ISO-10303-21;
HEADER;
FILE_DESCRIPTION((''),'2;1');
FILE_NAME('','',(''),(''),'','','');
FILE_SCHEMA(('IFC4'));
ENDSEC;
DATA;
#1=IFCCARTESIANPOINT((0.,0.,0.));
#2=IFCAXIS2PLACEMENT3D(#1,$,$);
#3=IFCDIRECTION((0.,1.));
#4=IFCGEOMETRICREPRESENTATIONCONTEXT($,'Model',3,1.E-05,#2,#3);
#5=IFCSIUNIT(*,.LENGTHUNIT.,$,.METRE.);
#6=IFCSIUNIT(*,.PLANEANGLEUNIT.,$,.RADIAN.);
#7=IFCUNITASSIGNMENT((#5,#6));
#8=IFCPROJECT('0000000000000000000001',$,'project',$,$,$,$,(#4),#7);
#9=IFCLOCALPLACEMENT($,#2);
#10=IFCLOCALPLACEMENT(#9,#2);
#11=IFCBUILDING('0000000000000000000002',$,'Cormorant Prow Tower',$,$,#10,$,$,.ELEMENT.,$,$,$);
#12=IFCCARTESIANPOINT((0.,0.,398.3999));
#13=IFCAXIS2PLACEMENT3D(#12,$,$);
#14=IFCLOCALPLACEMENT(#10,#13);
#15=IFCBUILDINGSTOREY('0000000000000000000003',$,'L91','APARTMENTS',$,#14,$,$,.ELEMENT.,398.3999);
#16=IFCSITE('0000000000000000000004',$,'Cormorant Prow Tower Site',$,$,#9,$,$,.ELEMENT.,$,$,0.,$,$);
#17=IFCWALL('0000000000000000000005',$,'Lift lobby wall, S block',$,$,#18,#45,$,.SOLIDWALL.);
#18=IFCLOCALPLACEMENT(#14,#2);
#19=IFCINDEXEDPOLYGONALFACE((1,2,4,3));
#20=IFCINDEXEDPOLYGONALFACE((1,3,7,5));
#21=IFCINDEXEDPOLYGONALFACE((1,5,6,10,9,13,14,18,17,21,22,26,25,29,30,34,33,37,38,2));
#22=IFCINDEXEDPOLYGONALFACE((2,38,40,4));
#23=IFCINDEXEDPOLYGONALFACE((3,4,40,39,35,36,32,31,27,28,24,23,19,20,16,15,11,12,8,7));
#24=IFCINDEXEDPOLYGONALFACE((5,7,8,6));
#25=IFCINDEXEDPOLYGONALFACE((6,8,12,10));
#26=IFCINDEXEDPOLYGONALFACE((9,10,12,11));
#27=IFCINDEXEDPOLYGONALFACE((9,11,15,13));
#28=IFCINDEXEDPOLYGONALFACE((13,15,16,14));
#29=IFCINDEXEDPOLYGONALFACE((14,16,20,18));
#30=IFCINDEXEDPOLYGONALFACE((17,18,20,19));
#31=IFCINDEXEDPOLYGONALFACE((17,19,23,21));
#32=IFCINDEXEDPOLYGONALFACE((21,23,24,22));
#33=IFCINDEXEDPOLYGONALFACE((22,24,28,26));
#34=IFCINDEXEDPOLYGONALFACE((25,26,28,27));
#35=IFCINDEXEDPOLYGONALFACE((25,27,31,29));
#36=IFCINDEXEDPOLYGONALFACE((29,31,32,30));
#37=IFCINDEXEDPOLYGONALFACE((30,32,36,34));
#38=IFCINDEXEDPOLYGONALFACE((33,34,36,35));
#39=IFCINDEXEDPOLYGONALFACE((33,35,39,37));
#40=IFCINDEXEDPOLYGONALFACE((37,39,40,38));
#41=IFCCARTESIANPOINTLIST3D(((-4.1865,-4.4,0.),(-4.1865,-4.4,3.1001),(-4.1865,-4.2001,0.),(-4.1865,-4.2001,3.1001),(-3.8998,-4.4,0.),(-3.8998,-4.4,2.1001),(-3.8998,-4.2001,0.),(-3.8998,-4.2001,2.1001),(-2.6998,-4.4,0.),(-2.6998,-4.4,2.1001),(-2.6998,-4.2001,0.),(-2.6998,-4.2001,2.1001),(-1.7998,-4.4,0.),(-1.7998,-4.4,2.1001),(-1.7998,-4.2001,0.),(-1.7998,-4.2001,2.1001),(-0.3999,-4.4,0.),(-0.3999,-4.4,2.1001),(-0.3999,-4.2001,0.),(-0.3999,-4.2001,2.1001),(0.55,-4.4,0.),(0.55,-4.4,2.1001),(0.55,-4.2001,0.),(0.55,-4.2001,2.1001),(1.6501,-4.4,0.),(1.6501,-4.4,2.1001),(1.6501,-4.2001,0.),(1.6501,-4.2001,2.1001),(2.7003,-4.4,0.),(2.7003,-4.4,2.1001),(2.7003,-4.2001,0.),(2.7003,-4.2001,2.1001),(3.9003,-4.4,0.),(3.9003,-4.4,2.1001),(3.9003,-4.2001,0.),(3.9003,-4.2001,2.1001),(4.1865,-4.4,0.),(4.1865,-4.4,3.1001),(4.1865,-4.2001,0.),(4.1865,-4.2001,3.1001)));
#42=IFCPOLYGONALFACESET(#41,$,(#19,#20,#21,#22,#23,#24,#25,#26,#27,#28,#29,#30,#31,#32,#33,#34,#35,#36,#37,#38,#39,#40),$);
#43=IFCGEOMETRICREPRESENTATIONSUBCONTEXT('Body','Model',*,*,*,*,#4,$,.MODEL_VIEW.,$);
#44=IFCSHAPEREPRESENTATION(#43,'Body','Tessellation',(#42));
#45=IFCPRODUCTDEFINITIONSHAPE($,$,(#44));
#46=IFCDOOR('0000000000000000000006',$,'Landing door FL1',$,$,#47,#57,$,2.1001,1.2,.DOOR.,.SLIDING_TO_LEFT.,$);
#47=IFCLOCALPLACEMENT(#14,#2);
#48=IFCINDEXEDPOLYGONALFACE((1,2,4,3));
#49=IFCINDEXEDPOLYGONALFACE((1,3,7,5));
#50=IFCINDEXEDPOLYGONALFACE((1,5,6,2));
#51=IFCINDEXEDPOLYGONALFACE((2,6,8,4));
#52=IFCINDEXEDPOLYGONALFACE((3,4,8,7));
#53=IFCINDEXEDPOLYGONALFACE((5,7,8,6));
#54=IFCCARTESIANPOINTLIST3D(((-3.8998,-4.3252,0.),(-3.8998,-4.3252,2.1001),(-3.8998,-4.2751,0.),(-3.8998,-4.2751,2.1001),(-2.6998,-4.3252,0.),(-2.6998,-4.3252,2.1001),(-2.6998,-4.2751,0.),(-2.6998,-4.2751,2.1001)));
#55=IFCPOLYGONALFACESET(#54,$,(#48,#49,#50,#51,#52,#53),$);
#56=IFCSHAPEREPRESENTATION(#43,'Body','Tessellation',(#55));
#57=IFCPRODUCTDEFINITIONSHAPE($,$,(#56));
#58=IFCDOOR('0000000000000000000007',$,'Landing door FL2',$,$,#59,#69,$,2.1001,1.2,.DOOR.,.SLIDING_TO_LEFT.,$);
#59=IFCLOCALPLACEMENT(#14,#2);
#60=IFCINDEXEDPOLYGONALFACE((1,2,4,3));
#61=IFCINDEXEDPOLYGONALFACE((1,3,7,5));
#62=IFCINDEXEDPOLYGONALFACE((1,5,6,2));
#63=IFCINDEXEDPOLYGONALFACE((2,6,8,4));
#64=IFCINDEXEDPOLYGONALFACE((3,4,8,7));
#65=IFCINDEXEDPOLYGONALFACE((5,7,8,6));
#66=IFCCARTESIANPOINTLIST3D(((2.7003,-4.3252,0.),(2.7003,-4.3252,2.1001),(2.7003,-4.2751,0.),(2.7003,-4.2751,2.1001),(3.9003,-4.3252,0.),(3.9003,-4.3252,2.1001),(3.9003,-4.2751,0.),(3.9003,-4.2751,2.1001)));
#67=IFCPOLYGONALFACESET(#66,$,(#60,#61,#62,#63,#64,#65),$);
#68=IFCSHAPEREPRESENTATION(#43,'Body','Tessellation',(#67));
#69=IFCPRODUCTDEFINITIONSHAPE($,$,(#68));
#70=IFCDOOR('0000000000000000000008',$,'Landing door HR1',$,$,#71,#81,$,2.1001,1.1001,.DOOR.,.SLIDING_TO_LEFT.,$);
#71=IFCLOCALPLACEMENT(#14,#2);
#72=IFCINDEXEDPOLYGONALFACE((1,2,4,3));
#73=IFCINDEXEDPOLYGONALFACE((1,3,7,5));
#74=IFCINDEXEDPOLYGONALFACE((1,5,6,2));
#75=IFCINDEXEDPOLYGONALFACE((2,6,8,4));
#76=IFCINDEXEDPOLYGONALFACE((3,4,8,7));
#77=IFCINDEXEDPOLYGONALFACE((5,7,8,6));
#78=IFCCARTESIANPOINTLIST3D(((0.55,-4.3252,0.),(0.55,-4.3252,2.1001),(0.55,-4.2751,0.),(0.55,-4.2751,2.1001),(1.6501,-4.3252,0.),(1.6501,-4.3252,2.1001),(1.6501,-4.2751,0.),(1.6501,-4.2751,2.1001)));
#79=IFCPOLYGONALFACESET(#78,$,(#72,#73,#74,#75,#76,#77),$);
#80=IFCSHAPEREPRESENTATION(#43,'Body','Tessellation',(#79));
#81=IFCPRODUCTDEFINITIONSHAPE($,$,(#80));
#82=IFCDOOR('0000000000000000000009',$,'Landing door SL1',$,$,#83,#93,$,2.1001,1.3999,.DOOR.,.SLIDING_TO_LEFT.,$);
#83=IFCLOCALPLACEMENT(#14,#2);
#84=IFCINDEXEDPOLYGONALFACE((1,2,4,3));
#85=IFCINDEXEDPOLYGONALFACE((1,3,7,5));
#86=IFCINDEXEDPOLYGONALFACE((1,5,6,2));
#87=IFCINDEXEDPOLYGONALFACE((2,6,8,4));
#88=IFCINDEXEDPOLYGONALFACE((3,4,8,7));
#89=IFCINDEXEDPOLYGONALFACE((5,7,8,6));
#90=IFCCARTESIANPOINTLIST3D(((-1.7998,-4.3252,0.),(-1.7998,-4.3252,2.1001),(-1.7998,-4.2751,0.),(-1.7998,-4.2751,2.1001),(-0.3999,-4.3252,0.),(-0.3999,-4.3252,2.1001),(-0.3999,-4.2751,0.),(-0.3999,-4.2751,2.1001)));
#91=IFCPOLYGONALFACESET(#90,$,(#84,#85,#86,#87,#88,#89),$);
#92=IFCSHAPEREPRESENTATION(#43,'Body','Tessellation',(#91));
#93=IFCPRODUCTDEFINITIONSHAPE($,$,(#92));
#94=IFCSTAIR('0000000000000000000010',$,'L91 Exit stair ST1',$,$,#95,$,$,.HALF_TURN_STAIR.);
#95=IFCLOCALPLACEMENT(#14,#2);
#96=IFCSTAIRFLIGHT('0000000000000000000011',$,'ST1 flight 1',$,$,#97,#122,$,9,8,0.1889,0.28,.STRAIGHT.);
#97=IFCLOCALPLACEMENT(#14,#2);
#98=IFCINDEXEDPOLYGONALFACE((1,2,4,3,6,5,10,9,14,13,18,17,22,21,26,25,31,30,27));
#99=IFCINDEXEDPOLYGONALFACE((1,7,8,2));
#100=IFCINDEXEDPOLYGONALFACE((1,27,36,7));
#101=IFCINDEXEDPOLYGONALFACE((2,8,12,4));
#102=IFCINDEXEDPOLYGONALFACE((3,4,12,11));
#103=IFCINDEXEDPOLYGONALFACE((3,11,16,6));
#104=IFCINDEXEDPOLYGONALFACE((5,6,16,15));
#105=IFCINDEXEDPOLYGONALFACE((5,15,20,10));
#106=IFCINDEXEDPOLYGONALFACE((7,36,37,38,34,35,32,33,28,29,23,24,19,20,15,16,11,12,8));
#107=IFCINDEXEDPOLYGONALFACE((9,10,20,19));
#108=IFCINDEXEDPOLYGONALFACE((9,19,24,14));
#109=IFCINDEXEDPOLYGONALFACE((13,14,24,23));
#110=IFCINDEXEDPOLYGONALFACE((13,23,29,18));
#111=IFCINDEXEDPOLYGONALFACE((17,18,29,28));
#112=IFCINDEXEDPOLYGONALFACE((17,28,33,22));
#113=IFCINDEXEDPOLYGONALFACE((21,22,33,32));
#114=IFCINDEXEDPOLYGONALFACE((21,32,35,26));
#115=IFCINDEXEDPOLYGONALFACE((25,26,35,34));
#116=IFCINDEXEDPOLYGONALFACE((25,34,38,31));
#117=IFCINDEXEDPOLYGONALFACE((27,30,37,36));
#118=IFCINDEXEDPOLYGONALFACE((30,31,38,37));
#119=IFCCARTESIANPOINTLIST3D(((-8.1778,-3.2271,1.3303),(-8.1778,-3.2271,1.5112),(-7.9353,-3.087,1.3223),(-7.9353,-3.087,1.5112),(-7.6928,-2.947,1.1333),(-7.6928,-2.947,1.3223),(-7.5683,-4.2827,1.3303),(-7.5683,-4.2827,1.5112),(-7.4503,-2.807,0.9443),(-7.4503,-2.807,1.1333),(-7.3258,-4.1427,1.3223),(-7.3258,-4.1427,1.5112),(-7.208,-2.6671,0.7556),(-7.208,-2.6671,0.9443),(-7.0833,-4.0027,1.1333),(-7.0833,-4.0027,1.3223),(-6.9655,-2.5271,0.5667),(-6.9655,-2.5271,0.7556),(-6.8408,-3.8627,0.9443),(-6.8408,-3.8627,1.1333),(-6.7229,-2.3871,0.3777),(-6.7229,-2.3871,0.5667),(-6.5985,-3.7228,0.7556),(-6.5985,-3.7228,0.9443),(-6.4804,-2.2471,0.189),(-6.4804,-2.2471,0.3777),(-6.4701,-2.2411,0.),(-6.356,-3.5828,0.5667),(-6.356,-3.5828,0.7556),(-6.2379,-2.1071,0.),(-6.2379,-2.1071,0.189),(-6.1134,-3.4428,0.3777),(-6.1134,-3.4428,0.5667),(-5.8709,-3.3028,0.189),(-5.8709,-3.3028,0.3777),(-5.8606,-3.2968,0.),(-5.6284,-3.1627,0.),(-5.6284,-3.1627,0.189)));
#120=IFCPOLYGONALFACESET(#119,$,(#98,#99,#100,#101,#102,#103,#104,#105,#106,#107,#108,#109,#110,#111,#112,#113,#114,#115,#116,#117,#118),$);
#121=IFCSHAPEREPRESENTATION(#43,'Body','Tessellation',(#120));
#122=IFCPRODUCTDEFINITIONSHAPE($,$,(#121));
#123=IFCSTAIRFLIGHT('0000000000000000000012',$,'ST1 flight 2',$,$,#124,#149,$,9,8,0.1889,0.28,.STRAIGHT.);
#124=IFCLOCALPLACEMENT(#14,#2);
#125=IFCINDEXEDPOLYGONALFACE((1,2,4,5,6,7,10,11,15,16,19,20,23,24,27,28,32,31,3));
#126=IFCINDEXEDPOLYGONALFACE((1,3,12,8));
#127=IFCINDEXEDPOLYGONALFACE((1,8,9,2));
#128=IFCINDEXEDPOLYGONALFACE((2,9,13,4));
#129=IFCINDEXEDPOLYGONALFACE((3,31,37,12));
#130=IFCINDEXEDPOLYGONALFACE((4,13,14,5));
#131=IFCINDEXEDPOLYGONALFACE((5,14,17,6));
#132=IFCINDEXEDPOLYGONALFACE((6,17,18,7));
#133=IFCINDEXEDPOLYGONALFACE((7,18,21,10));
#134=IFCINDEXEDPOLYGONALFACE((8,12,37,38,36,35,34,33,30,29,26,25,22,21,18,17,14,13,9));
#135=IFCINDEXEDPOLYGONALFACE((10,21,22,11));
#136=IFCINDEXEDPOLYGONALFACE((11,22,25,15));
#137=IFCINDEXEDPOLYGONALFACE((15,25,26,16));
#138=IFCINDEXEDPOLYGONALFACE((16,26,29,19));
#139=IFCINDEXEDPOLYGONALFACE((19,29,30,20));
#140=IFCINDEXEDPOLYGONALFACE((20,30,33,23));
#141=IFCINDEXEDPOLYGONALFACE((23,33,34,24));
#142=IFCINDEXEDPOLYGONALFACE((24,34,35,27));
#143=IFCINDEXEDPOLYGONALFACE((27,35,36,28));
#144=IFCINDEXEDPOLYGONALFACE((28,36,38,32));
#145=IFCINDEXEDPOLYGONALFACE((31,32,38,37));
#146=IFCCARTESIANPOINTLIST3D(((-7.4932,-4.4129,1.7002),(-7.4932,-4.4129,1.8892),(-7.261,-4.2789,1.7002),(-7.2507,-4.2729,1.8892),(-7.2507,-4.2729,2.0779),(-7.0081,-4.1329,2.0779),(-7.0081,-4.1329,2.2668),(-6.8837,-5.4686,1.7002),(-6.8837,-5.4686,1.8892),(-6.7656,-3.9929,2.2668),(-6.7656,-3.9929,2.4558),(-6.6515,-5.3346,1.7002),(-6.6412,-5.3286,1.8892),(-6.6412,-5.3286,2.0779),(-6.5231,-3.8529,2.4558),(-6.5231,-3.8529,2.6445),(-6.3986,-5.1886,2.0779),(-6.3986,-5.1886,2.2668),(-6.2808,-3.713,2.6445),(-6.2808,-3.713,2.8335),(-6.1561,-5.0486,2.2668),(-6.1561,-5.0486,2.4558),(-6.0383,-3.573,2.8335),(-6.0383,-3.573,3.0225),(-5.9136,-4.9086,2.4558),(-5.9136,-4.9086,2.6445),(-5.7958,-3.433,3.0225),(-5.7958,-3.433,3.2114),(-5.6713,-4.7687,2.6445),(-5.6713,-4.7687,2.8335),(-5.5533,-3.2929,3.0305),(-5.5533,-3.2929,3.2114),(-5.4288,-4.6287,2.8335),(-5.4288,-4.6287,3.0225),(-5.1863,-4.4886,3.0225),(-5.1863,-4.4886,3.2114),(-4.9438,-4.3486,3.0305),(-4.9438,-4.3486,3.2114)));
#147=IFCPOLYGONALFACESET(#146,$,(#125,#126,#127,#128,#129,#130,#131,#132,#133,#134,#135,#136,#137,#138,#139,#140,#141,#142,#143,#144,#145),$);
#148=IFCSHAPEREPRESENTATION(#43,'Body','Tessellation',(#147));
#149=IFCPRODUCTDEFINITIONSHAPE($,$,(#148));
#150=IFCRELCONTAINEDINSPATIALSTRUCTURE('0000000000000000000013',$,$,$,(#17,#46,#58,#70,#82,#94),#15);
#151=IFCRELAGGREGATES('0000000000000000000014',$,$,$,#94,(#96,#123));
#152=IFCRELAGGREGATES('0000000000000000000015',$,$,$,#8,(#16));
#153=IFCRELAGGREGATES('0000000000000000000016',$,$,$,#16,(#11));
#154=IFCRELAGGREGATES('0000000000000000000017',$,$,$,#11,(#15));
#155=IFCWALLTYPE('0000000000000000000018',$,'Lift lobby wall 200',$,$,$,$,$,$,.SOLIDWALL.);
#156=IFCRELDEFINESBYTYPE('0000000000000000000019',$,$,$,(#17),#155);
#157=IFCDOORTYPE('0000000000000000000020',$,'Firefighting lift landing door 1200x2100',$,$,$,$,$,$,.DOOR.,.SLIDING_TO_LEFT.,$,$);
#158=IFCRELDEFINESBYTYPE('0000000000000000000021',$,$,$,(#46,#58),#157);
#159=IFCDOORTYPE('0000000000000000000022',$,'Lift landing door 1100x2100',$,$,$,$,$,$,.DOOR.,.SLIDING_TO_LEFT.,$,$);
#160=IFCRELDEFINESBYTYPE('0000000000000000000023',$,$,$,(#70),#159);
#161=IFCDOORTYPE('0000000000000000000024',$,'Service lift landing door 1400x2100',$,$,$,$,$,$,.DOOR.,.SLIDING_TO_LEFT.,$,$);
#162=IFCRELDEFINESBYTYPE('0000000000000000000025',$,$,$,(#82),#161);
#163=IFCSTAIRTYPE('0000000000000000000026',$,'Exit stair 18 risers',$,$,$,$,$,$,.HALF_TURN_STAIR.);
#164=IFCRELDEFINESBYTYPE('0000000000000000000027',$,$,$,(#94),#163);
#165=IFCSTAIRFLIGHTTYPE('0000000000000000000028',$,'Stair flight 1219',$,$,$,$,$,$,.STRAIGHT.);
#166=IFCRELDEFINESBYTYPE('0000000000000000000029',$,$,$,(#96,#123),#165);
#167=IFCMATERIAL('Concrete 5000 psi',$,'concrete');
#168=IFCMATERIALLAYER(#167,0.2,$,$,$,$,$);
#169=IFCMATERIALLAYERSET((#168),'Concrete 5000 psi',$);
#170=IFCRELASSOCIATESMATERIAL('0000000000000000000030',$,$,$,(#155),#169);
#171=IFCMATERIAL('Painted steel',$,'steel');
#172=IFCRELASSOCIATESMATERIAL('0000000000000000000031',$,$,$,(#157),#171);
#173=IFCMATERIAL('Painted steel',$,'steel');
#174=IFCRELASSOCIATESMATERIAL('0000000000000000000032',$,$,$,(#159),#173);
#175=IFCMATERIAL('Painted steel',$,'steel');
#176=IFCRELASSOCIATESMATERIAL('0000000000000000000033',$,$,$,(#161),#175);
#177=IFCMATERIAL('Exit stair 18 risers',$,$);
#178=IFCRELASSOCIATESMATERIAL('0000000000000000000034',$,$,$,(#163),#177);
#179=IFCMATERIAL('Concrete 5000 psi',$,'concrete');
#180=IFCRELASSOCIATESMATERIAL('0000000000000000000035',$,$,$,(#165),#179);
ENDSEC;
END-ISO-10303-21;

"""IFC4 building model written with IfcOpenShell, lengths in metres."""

from ifc_helpers import new_model, si_unit, direction, frame, frame_2d, origin, place, context, subcontext, project, spatial, polyline, rectangle, outline, extrude, material, layer, layer_set, type_object, element, fill, aggregate, save


model = new_model("IFC4")

# Units and contexts
model_context = context("Model", 3, precision=1e-05, world=origin(), true_north=direction((0.0, 1.0)))
body_context = subcontext(model_context, "Body", "Model", "MODEL_VIEW")
ifc_project = project(units=[si_unit("LENGTHUNIT", "METRE"), si_unit("PLANEANGLEUNIT", "RADIAN")], contexts=[model_context])

# Site, building, storey
site_placement = place(None, origin())
site = spatial("IfcSite", under=ifc_project, at=site_placement, Name="Cormorant Prow Tower Site", CompositionType="ELEMENT", RefElevation=0.0)
building_placement = place(site_placement, origin())
building = spatial("IfcBuilding", under=site, at=building_placement, Name="Cormorant Prow Tower", CompositionType="ELEMENT")
storey_placement = place(building_placement, frame((0.0, 0.0, 398.3999)))
storey = spatial("IfcBuildingStorey", under=building, at=storey_placement, Name="L91", Description="APARTMENTS", CompositionType="ELEMENT", Elevation=398.3999)

# Wall, openings, doors
ifc_material_1 = material(Name="Concrete 5000 psi", Category="concrete")
ifc_layer_1 = layer(ifc_material_1, 0.2)
ifc_layer_set_1 = layer_set([ifc_layer_1], Name="Concrete 5000 psi")
wall_type_1 = type_object("IfcWallType", Name="Lift lobby wall 200", PredefinedType="SOLIDWALL", material=ifc_layer_set_1)
wall_1_placement = place(storey_placement, frame((-4.1865, -4.3, 0.0), z_axis=(0.0, 0.0, 1.0), x_axis=(1.0, 0.0, 0.0)))
wall_1 = element("IfcWall", 1, at=wall_1_placement, inside=storey, type_object=wall_type_1, Name="Lift lobby wall, S block", PredefinedType="SOLIDWALL", context=body_context, shape_type="SweptSolid", body=[
    extrude(rectangle(XDim=8.373, YDim=0.2, at=frame_2d((4.1865, 0.0))), origin(), (0.0, 0.0, 1.0), 3.1001),
])
opening_1_placement = place(wall_1_placement, frame((0.2866, 0.0, 0.0)))
opening_1 = element("IfcOpeningElement", 2, at=opening_1_placement, cuts=wall_1, PredefinedType="OPENING", context=body_context, shape_type="SweptSolid", body=[
    extrude(rectangle(XDim=1.2, YDim=2.1001, at=frame_2d((0.6001, 1.05))), frame((0.0, 0.1099, 0.0), z_axis=(0.0, -1.0, 0.0), x_axis=(1.0, 0.0, 0.0)), (0.0, 0.0, 1.0), 0.22),
])
opening_2_placement = place(wall_1_placement, frame((2.3867, 0.0, 0.0)))
opening_2 = element("IfcOpeningElement", 3, at=opening_2_placement, cuts=wall_1, PredefinedType="OPENING", context=body_context, shape_type="SweptSolid", body=[
    extrude(rectangle(XDim=1.3999, YDim=2.1001, at=frame_2d((0.7, 1.05))), frame((0.0, 0.1099, 0.0), z_axis=(0.0, -1.0, 0.0), x_axis=(1.0, 0.0, 0.0)), (0.0, 0.0, 1.0), 0.22),
])
opening_3_placement = place(wall_1_placement, frame((4.7366, 0.0, 0.0)))
opening_3 = element("IfcOpeningElement", 4, at=opening_3_placement, cuts=wall_1, PredefinedType="OPENING", context=body_context, shape_type="SweptSolid", body=[
    extrude(rectangle(XDim=1.1001, YDim=2.1001, at=frame_2d((0.55, 1.05))), frame((0.0, 0.1099, 0.0), z_axis=(0.0, -1.0, 0.0), x_axis=(1.0, 0.0, 0.0)), (0.0, 0.0, 1.0), 0.22),
])
opening_4_placement = place(wall_1_placement, frame((6.8867, 0.0, 0.0)))
opening_4 = element("IfcOpeningElement", 5, at=opening_4_placement, cuts=wall_1, PredefinedType="OPENING", context=body_context, shape_type="SweptSolid", body=[
    extrude(rectangle(XDim=1.2, YDim=2.1001, at=frame_2d((0.6001, 1.05))), frame((0.0, 0.1099, 0.0), z_axis=(0.0, -1.0, 0.0), x_axis=(1.0, 0.0, 0.0)), (0.0, 0.0, 1.0), 0.22),
])
ifc_material_2 = material(Name="Painted steel", Category="steel")
door_type_1 = type_object("IfcDoorType", Name="Firefighting lift landing door 1200x2100", OperationType="SLIDING_TO_LEFT", PredefinedType="DOOR", material=ifc_material_2)
door_1_placement = place(opening_1_placement, origin())
door_1 = element("IfcDoor", 6, at=door_1_placement, inside=storey, type_object=door_type_1, Name="Landing door FL1", OperationType="SLIDING_TO_LEFT", OverallHeight=2.1001, OverallWidth=1.2, PredefinedType="DOOR", context=body_context, shape_type="SweptSolid", body=[
    extrude(rectangle(XDim=1.2, YDim=2.1001, at=frame_2d((0.6001, 1.05))), frame((0.0, 0.0249, 0.0), z_axis=(0.0, -1.0, 0.0), x_axis=(1.0, 0.0, 0.0)), (0.0, 0.0, 1.0), 0.05),
])
fill(opening_1, door_1)
door_2_placement = place(opening_4_placement, origin())
door_2 = element("IfcDoor", 7, at=door_2_placement, inside=storey, type_object=door_type_1, Name="Landing door FL2", OperationType="SLIDING_TO_LEFT", OverallHeight=2.1001, OverallWidth=1.2, PredefinedType="DOOR", context=body_context, shape_type="SweptSolid", body=[
    extrude(rectangle(XDim=1.2, YDim=2.1001, at=frame_2d((0.6001, 1.05))), frame((0.0, 0.0249, 0.0), z_axis=(0.0, -1.0, 0.0), x_axis=(1.0, 0.0, 0.0)), (0.0, 0.0, 1.0), 0.05),
])
fill(opening_4, door_2)
ifc_material_3 = material(Name="Painted steel", Category="steel")
door_type_2 = type_object("IfcDoorType", Name="Lift landing door 1100x2100", OperationType="SLIDING_TO_LEFT", PredefinedType="DOOR", material=ifc_material_3)
door_3_placement = place(opening_3_placement, origin())
door_3 = element("IfcDoor", 8, at=door_3_placement, inside=storey, type_object=door_type_2, Name="Landing door HR1", OperationType="SLIDING_TO_LEFT", OverallHeight=2.1001, OverallWidth=1.1001, PredefinedType="DOOR", context=body_context, shape_type="SweptSolid", body=[
    extrude(rectangle(XDim=1.1001, YDim=2.1001, at=frame_2d((0.55, 1.05))), frame((0.0, 0.0249, 0.0), z_axis=(0.0, -1.0, 0.0), x_axis=(1.0, 0.0, 0.0)), (0.0, 0.0, 1.0), 0.05),
])
fill(opening_3, door_3)
ifc_material_4 = material(Name="Painted steel", Category="steel")
door_type_3 = type_object("IfcDoorType", Name="Service lift landing door 1400x2100", OperationType="SLIDING_TO_LEFT", PredefinedType="DOOR", material=ifc_material_4)
door_4_placement = place(opening_2_placement, origin())
door_4 = element("IfcDoor", 9, at=door_4_placement, inside=storey, type_object=door_type_3, Name="Landing door SL1", OperationType="SLIDING_TO_LEFT", OverallHeight=2.1001, OverallWidth=1.3999, PredefinedType="DOOR", context=body_context, shape_type="SweptSolid", body=[
    extrude(rectangle(XDim=1.3999, YDim=2.1001, at=frame_2d((0.7, 1.05))), frame((0.0, 0.0249, 0.0), z_axis=(0.0, -1.0, 0.0), x_axis=(1.0, 0.0, 0.0)), (0.0, 0.0, 1.0), 0.05),
])
fill(opening_2, door_4)

# Stair, stair flights
ifc_material_5 = material(Name="Exit stair 18 risers")
stair_type = type_object("IfcStairType", Name="Exit stair 18 risers", PredefinedType="HALF_TURN_STAIR", material=ifc_material_5)
stair_placement = place(storey_placement, origin())
stair = element("IfcStair", 10, at=stair_placement, inside=storey, type_object=stair_type, Name="L91 Exit stair ST1", PredefinedType="HALF_TURN_STAIR")
ifc_material_6 = material(Name="Concrete 5000 psi", Category="concrete")
stair_flight_type = type_object("IfcStairFlightType", Name="Stair flight 1219", PredefinedType="STRAIGHT", material=ifc_material_6)
stair_flight_1_placement = place(storey_placement, frame((-5.9331, -2.635, 0.0), z_axis=(0.0, 0.0, 1.0), x_axis=(-0.866025, -0.5, 0.0)))
stair_flight_1 = element("IfcStairFlight", 11, at=stair_flight_1_placement, type_object=stair_flight_type, Name="ST1 flight 1", NumberOfRisers=9, NumberOfTreads=8, PredefinedType="STRAIGHT", RiserHeight=0.1889, TreadLength=0.28, context=body_context, shape_type="SweptSolid", body=[
    extrude(outline(polyline([(0.0, 0.0), (0.0, 0.189), (0.28, 0.189), (0.28, 0.3777), (0.5601, 0.3777), (0.5601, 0.5667), (0.8401, 0.5667), (0.8401, 0.7556), (1.1201, 0.7556), (1.1201, 0.9443), (1.3999, 0.9443), (1.3999, 1.1333), (1.6799, 1.1333), (1.6799, 1.3223), (1.96, 1.3223), (1.96, 1.5112), (2.24, 1.5112), (2.24, 1.7), (2.24, 1.3303), (0.2681, 0.0), (0.0, 0.0)])), frame((0.0, 0.6094, 0.0), z_axis=(0.0, -1.0, 0.0), x_axis=(1.0, 0.0, 0.0)), (0.0, 0.0, 1.0), 1.219),
])
stair_flight_2_placement = place(storey_placement, frame((-7.1885, -4.9407, 1.7002), z_axis=(0.0, 0.0, 1.0), x_axis=(0.866025, 0.5, 0.0)))
stair_flight_2 = element("IfcStairFlight", 12, at=stair_flight_2_placement, type_object=stair_flight_type, Name="ST1 flight 2", NumberOfRisers=9, NumberOfTreads=8, PredefinedType="STRAIGHT", RiserHeight=0.1889, TreadLength=0.28, context=body_context, shape_type="SweptSolid", body=[
    extrude(outline(polyline([(0.0, 0.0), (0.0, 0.189), (0.28, 0.189), (0.28, 0.3777), (0.5601, 0.3777), (0.5601, 0.5667), (0.8401, 0.5667), (0.8401, 0.7556), (1.1201, 0.7556), (1.1201, 0.9443), (1.3999, 0.9443), (1.3999, 1.1333), (1.6799, 1.1333), (1.6799, 1.3223), (1.96, 1.3223), (1.96, 1.5112), (2.24, 1.5112), (2.24, 1.7), (2.24, 1.3303), (0.2681, 0.0), (0.0, 0.0)])), frame((0.0, 0.6094, 0.0), z_axis=(0.0, -1.0, 0.0), x_axis=(1.0, 0.0, 0.0)), (0.0, 0.0, 1.0), 1.219),
])
aggregate(stair, [stair_flight_1, stair_flight_2])

save(model, "model.ifc")
